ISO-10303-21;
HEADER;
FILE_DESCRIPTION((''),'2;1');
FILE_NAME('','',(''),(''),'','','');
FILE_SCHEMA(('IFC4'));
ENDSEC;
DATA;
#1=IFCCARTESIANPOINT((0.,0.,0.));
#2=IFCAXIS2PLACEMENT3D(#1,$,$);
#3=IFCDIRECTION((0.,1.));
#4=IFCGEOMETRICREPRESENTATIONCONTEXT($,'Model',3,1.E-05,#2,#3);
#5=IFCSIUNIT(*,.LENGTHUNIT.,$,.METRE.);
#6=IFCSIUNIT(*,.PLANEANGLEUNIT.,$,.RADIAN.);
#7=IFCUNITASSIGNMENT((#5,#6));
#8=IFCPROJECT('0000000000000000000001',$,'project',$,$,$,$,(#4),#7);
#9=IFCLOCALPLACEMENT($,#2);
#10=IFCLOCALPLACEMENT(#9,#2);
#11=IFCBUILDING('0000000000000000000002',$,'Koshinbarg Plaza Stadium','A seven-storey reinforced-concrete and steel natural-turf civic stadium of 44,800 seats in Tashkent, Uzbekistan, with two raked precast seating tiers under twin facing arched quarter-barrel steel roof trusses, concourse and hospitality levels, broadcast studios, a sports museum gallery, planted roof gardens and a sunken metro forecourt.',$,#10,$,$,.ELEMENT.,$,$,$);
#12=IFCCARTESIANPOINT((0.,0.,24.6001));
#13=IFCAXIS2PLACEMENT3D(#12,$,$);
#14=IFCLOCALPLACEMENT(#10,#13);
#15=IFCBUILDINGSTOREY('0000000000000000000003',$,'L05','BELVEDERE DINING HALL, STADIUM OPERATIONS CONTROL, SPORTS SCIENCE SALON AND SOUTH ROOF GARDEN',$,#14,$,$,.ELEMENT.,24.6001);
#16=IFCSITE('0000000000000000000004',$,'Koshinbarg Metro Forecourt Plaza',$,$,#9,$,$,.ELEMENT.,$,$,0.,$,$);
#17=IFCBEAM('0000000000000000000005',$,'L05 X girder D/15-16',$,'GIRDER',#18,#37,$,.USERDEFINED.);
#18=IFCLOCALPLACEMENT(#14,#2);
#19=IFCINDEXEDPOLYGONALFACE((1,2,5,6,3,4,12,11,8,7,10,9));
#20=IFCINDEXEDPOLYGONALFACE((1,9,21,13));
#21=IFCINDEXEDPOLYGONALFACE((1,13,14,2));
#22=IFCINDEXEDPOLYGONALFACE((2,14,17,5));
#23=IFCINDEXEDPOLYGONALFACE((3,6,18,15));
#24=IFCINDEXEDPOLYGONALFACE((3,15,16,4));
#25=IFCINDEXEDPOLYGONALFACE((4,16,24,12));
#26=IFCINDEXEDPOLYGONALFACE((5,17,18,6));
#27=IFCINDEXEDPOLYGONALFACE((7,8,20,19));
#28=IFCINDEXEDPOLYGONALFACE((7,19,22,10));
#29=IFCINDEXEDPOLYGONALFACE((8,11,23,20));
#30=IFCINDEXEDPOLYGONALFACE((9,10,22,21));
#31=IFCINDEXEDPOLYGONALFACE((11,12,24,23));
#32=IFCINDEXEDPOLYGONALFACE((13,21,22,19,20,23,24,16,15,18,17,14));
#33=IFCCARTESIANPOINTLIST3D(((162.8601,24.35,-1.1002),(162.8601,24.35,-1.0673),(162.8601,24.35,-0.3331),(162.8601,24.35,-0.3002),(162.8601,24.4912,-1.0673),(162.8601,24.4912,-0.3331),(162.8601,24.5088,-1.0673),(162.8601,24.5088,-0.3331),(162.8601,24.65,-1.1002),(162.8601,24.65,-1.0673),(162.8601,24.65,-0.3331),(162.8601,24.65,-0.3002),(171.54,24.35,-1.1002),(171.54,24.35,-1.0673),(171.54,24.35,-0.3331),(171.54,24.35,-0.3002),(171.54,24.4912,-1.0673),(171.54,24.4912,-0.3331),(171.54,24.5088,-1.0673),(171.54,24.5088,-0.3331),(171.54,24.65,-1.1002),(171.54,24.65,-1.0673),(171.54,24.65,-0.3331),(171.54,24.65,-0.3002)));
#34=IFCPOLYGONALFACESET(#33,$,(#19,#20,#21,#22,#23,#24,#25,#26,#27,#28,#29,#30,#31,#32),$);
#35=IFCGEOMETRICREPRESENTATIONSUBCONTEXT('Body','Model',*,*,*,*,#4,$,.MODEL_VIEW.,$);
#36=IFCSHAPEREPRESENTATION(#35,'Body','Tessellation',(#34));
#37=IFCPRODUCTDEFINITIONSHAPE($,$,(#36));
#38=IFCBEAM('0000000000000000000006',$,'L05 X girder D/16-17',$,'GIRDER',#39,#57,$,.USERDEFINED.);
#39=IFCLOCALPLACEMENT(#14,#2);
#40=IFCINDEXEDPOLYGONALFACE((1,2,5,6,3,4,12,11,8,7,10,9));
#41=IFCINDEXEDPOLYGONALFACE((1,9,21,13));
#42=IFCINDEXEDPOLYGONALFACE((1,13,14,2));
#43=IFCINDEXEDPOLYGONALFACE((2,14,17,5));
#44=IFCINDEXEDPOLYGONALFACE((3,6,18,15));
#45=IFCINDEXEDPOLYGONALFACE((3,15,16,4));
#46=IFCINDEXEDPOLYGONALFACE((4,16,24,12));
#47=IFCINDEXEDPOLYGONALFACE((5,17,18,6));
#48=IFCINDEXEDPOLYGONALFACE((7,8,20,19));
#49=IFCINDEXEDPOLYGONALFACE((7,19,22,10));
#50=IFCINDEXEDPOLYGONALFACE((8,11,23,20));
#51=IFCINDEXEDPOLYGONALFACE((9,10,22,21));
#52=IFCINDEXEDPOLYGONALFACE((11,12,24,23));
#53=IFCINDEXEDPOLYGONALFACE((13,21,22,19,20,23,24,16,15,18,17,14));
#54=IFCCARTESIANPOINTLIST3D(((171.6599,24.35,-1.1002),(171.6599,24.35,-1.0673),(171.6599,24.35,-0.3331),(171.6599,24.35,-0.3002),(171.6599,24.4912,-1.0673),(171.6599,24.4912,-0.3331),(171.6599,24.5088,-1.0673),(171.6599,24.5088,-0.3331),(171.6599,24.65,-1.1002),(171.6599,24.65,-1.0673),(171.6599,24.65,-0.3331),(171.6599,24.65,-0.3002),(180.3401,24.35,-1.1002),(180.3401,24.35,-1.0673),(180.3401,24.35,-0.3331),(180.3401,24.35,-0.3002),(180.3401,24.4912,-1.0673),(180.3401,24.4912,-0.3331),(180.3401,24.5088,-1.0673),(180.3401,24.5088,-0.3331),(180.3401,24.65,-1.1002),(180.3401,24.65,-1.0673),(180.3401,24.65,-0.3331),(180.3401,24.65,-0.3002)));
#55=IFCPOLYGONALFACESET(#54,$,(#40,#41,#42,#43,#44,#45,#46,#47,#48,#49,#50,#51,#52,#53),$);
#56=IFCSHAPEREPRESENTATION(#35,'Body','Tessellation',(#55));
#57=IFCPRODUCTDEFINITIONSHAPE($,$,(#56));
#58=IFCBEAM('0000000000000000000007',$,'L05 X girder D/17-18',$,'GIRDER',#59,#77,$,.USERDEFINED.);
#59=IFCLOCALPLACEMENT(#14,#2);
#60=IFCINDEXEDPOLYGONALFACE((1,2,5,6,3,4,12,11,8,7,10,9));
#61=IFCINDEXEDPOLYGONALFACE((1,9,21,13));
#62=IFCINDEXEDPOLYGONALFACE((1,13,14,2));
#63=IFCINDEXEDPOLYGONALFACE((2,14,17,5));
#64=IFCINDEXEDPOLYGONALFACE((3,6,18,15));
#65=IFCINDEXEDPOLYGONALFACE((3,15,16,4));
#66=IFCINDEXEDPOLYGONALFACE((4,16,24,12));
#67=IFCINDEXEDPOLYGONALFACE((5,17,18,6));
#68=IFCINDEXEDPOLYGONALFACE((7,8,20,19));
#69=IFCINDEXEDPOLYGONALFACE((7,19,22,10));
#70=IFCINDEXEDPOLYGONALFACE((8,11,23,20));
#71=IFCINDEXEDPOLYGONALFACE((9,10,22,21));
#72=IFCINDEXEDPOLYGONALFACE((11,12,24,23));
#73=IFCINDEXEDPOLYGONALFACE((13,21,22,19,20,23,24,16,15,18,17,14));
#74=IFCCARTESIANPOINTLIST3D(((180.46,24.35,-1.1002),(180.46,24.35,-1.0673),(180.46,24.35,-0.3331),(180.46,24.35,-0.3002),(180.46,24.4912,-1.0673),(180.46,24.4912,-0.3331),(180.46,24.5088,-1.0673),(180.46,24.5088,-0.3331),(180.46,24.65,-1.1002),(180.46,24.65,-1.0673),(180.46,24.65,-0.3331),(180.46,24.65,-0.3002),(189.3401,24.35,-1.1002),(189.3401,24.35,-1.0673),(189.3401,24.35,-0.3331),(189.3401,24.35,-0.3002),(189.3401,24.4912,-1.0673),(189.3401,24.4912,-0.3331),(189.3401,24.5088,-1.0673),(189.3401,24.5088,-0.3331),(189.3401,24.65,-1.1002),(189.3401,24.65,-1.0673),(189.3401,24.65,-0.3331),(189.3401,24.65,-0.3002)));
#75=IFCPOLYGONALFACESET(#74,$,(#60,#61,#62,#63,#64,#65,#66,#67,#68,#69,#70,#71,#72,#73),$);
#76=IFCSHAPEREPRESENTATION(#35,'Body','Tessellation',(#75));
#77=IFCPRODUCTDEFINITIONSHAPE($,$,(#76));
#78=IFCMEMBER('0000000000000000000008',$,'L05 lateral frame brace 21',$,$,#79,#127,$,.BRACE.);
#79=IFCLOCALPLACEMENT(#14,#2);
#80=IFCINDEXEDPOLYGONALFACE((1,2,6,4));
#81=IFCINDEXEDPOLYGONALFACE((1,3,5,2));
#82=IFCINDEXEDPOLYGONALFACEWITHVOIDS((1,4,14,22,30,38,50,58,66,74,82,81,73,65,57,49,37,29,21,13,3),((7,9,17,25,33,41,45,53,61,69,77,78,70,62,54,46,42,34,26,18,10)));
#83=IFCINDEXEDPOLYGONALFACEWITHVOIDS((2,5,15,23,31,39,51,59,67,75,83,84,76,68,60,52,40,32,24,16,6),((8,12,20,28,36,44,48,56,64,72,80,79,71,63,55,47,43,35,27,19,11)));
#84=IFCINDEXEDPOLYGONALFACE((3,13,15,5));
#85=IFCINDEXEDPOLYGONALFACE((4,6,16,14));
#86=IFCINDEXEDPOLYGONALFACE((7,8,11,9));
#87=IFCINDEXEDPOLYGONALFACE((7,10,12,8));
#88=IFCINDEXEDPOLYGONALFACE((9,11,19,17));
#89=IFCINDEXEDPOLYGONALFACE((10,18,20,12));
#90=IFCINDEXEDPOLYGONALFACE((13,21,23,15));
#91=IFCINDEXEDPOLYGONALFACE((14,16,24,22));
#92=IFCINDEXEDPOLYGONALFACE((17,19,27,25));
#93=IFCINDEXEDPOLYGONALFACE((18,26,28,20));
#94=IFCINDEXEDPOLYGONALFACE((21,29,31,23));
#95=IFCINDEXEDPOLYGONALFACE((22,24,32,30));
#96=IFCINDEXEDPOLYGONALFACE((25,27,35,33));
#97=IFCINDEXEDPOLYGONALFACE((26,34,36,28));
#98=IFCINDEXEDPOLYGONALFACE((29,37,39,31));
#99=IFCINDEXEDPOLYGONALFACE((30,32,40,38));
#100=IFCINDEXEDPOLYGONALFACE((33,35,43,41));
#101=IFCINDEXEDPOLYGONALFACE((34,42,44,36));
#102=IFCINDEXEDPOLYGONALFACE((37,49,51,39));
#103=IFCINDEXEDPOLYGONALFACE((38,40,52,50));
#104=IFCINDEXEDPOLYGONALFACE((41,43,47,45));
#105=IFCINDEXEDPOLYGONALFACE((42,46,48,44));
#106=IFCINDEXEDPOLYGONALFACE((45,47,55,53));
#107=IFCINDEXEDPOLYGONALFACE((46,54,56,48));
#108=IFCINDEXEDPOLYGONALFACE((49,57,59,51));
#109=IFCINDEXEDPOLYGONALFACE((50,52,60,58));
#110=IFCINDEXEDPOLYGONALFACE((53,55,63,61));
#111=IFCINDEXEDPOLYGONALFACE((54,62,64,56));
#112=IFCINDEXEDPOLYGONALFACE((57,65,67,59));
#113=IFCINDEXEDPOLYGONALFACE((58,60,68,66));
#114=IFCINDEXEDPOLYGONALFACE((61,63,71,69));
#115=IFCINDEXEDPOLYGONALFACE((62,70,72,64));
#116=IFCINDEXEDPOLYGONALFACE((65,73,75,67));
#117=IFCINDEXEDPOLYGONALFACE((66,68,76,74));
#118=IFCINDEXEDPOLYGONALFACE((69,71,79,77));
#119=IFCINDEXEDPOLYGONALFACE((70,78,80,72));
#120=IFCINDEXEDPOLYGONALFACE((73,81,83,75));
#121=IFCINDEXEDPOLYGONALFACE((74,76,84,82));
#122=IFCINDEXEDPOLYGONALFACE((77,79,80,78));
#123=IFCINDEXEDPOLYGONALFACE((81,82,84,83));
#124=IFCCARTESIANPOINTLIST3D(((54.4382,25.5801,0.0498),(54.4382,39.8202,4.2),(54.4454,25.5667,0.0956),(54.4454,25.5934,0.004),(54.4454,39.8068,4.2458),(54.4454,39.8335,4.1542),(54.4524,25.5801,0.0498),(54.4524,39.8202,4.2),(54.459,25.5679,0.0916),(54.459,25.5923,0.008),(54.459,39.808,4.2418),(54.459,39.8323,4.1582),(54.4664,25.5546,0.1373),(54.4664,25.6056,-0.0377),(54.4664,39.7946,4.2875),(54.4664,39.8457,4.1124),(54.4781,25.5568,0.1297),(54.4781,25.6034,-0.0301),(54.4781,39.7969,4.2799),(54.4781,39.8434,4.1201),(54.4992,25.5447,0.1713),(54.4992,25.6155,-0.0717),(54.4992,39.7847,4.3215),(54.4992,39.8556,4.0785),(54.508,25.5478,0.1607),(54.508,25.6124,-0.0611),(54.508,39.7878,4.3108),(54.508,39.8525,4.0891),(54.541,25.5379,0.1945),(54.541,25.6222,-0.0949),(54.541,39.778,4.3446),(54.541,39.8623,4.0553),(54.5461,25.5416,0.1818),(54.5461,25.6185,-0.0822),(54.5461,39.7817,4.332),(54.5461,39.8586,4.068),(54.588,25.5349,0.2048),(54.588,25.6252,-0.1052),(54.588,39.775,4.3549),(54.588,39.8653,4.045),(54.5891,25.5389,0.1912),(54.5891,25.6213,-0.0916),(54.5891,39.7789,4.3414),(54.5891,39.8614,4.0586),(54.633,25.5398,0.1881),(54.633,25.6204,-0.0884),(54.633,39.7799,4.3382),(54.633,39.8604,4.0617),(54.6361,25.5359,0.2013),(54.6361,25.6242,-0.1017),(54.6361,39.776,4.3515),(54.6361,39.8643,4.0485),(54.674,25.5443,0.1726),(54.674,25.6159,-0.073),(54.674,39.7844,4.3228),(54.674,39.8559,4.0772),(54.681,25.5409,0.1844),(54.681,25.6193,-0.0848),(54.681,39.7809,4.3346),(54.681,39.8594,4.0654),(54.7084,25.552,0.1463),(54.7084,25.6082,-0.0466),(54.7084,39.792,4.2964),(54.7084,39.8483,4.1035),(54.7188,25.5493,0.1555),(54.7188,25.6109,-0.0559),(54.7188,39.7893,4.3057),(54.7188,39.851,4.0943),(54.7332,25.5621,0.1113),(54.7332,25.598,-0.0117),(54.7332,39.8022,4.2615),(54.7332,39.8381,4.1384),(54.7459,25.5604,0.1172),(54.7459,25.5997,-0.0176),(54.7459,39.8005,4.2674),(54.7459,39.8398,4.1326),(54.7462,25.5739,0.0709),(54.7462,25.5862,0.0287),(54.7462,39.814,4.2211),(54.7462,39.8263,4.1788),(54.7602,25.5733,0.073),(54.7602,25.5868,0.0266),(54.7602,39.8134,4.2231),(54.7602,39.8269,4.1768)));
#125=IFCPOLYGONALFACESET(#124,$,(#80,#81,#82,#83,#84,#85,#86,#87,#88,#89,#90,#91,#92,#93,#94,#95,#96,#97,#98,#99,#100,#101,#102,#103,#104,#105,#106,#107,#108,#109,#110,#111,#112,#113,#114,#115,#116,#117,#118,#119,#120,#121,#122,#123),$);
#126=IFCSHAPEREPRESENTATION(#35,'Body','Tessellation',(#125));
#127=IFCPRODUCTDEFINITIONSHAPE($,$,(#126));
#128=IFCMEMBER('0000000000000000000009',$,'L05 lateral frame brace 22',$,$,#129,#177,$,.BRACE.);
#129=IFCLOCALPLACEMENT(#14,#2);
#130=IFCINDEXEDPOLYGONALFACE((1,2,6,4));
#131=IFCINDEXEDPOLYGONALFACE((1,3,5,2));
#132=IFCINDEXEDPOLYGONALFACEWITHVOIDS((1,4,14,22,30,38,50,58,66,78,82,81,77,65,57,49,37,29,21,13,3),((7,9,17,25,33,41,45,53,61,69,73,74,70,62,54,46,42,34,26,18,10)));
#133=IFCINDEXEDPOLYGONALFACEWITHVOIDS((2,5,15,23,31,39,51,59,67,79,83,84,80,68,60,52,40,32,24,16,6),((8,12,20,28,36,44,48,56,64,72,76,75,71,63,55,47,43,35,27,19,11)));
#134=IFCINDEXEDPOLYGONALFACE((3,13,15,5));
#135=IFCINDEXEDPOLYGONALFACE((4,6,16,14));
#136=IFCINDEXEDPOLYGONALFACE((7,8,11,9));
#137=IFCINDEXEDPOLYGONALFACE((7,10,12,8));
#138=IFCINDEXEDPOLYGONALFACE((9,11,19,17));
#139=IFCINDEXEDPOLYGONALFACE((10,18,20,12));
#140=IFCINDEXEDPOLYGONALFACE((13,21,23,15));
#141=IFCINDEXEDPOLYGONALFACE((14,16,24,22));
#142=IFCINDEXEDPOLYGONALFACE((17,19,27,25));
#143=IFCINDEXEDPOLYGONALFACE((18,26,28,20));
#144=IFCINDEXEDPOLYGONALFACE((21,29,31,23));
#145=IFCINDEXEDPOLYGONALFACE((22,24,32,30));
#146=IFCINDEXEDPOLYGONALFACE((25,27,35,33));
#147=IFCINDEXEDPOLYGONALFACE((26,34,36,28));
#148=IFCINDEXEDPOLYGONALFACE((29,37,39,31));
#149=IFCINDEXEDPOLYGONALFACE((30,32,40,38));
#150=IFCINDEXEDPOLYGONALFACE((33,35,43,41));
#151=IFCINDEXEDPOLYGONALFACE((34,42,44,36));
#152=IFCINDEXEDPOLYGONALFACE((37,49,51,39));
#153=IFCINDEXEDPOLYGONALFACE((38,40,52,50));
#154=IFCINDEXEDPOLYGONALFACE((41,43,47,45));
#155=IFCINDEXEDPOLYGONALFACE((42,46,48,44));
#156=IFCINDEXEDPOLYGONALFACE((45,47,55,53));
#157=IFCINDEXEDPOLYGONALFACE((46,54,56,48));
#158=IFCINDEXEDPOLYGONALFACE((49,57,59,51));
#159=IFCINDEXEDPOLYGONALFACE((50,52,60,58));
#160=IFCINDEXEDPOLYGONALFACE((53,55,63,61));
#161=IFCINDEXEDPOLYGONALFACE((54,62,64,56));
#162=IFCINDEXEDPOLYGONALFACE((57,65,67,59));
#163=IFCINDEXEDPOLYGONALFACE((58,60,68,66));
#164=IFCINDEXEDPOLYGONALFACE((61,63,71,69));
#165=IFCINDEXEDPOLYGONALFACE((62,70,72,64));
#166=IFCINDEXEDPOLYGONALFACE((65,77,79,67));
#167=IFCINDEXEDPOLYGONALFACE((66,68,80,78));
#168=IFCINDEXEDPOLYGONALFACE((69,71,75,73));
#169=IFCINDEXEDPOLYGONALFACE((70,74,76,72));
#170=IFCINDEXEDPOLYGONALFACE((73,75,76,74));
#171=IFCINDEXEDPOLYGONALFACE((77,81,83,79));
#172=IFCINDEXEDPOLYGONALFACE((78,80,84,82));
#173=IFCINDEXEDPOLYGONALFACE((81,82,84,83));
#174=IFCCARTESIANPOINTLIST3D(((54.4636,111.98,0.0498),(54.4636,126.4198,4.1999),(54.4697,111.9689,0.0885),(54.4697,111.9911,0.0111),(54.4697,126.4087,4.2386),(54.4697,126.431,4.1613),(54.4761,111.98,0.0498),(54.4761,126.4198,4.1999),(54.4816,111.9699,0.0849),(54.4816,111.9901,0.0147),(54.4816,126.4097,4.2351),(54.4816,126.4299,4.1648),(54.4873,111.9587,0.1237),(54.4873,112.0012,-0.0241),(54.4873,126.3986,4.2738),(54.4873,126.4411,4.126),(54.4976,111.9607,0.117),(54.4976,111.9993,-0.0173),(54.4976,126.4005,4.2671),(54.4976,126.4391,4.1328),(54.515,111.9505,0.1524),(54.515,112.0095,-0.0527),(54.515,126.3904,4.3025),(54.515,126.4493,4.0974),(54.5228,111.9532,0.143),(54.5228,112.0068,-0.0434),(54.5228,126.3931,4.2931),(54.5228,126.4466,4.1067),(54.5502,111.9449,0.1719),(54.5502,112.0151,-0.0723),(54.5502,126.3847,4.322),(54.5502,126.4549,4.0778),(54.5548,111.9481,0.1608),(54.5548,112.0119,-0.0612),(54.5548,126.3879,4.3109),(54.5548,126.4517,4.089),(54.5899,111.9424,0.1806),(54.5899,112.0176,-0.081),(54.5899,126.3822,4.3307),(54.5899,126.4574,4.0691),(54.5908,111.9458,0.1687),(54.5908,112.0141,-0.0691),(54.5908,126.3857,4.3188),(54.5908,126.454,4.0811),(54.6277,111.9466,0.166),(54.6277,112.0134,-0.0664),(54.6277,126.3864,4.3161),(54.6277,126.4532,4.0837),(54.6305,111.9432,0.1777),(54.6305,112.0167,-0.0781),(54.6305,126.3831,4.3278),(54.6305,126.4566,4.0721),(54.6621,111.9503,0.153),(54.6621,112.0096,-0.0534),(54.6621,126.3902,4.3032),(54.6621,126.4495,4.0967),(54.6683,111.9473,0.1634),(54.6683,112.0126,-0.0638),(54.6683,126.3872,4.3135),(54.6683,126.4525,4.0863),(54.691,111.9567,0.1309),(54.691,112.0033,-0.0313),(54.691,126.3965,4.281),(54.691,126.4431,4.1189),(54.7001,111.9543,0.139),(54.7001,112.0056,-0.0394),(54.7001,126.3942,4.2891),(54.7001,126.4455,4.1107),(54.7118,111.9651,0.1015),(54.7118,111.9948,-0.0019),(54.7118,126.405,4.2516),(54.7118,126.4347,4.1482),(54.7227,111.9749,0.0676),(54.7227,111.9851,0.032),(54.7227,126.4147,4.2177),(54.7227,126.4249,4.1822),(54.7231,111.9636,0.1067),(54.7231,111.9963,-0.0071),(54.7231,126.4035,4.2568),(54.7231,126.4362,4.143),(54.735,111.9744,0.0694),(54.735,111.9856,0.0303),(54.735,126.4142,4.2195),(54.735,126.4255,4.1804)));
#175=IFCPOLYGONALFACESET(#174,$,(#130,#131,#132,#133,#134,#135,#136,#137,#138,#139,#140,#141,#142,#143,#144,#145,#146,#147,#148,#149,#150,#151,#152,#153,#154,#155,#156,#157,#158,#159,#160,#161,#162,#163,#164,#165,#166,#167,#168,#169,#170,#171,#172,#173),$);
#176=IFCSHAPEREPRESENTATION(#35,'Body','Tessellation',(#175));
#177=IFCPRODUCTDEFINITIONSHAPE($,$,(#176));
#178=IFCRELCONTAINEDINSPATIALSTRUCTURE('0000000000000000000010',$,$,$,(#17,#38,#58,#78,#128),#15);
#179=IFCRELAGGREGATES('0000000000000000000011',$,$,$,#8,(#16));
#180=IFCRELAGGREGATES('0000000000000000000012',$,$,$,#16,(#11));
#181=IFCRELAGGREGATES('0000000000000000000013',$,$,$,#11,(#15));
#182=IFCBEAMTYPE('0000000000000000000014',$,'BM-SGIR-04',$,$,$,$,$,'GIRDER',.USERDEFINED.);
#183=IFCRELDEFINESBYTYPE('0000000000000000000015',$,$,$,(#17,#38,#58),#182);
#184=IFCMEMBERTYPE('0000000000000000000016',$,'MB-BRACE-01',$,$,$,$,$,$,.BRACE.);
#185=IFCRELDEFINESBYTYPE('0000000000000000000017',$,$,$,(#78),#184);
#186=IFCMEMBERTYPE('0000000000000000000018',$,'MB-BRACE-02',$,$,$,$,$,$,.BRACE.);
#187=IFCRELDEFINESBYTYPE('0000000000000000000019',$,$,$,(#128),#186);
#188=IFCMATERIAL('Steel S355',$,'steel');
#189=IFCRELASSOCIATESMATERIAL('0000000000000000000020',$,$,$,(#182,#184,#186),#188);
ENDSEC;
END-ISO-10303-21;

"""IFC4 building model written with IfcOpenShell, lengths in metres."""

from ifc_helpers import new_model, si_unit, direction, frame, origin, origin_2d, place, context, subcontext, project, spatial, hollow_circle, i_section, extrude, material, material_profile, profile_set, type_object, element, save


model = new_model("IFC4")

# Units and contexts
model_context = context("Model", 3, precision=1e-05, world=origin(), true_north=direction((0.0, 1.0)))
body_context = subcontext(model_context, "Body", "Model", "MODEL_VIEW")
ifc_project = project(units=[si_unit("LENGTHUNIT", "METRE"), si_unit("PLANEANGLEUNIT", "RADIAN")], contexts=[model_context])

# Site, building, storey
site_placement = place(None, origin())
site = spatial("IfcSite", under=ifc_project, at=site_placement, Name="Koshinbarg Metro Forecourt Plaza", CompositionType="ELEMENT", RefElevation=0.0)
building_placement = place(site_placement, origin())
building = spatial("IfcBuilding", under=site, at=building_placement, Name="Koshinbarg Plaza Stadium", Description="A seven-storey reinforced-concrete and steel natural-turf civic stadium of 44,800 seats in Tashkent, Uzbekistan, with two raked precast seating tiers under twin facing arched quarter-barrel steel roof trusses, concourse and hospitality levels, broadcast studios, a sports museum gallery, planted roof gardens and a sunken metro forecourt.", CompositionType="ELEMENT")
storey_placement = place(building_placement, frame((0.0, 0.0, 24.6001)))
storey = spatial("IfcBuildingStorey", under=building, at=storey_placement, Name="L05", Description="BELVEDERE DINING HALL, STADIUM OPERATIONS CONTROL, SPORTS SCIENCE SALON AND SOUTH ROOF GARDEN", CompositionType="ELEMENT", Elevation=24.6001)

# Beams
ifc_material_1 = material(Name="Steel S355", Category="steel")
ifc_material_profile_1 = material_profile(ifc_material_1, i_section(OverallWidth=0.3, OverallDepth=0.8, WebThickness=0.0176, FlangeThickness=0.033, at=origin_2d()), Name="HEB 800")
ifc_profile_set_1 = profile_set([ifc_material_profile_1], Name="Steel S355")
beam_type_1 = type_object("IfcBeamType", Name="BM-SGIR-04", ElementType="GIRDER", PredefinedType="USERDEFINED", material=ifc_profile_set_1)
for number, where, z_axis, x_axis, name in (
    (1, (162.8601, 24.5, -0.7002), (1.0, 0.0, 0.0), (0.0, 1.0, 0.0), "L05 X girder D/15-16"),
):
    element("IfcBeam", number, at=place(storey_placement, frame(where, z_axis=z_axis, x_axis=x_axis)), inside=storey, type_object=beam_type_1, Name=name, ObjectType="GIRDER", PredefinedType="USERDEFINED", context=body_context, shape_type="SweptSolid", body=[
        extrude(i_section(OverallWidth=0.3, OverallDepth=0.8, WebThickness=0.0176, FlangeThickness=0.033, at=origin_2d()), origin(), (0.0, 0.0, 1.0), 8.6799),
    ])
beam_1_placement = place(storey_placement, frame((171.6599, 24.5, -0.7002), z_axis=(1.0, 0.0, 0.0), x_axis=(0.0, 1.0, 0.0)))
element("IfcBeam", 2, at=beam_1_placement, inside=storey, type_object=beam_type_1, Name="L05 X girder D/16-17", ObjectType="GIRDER", PredefinedType="USERDEFINED", context=body_context, shape_type="SweptSolid", body=[
    extrude(i_section(OverallWidth=0.3, OverallDepth=0.8, WebThickness=0.0176, FlangeThickness=0.033, at=origin_2d()), origin(), (0.0, 0.0, 1.0), 8.6802),
])
beam_2_placement = place(storey_placement, frame((180.46, 24.5, -0.7002), z_axis=(1.0, 0.0, 0.0), x_axis=(0.0, 1.0, 0.0)))
element("IfcBeam", 3, at=beam_2_placement, inside=storey, type_object=beam_type_1, Name="L05 X girder D/17-18", ObjectType="GIRDER", PredefinedType="USERDEFINED", context=body_context, shape_type="SweptSolid", body=[
    extrude(i_section(OverallWidth=0.3, OverallDepth=0.8, WebThickness=0.0176, FlangeThickness=0.033, at=origin_2d()), origin(), (0.0, 0.0, 1.0), 8.8801),
])

# Members
ifc_material_profile_2 = material_profile(ifc_material_1, hollow_circle(Radius=0.1619, WallThickness=0.0142, at=origin_2d()), Name="CHS 323.9x14.2")
ifc_profile_set_2 = profile_set([ifc_material_profile_2], Name="Steel S355")
member_type_1 = type_object("IfcMemberType", Name="MB-BRACE-01", PredefinedType="BRACE", material=ifc_profile_set_2)
member_1_placement = place(storey_placement, frame((54.6001, 25.5801, 0.0498), z_axis=(0.0, 0.960058, 0.279802), x_axis=(-1.0, 0.0, 0.0)))
element("IfcMember", 4, at=member_1_placement, inside=storey, type_object=member_type_1, Name="L05 lateral frame brace 21", PredefinedType="BRACE", context=body_context, shape_type="SweptSolid", body=[
    extrude(hollow_circle(Radius=0.1619, WallThickness=0.0142, at=origin_2d()), origin(), (0.0, 0.0, 1.0), 14.8325),
])
ifc_material_profile_3 = material_profile(ifc_material_1, hollow_circle(Radius=0.1365, WallThickness=0.0125, at=origin_2d()), Name="CHS 273x12.5")
ifc_profile_set_3 = profile_set([ifc_material_profile_3], Name="Steel S355")
member_type_2 = type_object("IfcMemberType", Name="MB-BRACE-02", PredefinedType="BRACE", material=ifc_profile_set_3)
member_2_placement = place(storey_placement, frame((54.6001, 111.98, 0.0498), z_axis=(0.0, 0.961093, 0.276225), x_axis=(-1.0, 0.0, 0.0)))
element("IfcMember", 5, at=member_2_placement, inside=storey, type_object=member_type_2, Name="L05 lateral frame brace 22", PredefinedType="BRACE", context=body_context, shape_type="SweptSolid", body=[
    extrude(hollow_circle(Radius=0.1365, WallThickness=0.0125, at=origin_2d()), origin(), (0.0, 0.0, 1.0), 15.0244),
])

save(model, "model.ifc")
